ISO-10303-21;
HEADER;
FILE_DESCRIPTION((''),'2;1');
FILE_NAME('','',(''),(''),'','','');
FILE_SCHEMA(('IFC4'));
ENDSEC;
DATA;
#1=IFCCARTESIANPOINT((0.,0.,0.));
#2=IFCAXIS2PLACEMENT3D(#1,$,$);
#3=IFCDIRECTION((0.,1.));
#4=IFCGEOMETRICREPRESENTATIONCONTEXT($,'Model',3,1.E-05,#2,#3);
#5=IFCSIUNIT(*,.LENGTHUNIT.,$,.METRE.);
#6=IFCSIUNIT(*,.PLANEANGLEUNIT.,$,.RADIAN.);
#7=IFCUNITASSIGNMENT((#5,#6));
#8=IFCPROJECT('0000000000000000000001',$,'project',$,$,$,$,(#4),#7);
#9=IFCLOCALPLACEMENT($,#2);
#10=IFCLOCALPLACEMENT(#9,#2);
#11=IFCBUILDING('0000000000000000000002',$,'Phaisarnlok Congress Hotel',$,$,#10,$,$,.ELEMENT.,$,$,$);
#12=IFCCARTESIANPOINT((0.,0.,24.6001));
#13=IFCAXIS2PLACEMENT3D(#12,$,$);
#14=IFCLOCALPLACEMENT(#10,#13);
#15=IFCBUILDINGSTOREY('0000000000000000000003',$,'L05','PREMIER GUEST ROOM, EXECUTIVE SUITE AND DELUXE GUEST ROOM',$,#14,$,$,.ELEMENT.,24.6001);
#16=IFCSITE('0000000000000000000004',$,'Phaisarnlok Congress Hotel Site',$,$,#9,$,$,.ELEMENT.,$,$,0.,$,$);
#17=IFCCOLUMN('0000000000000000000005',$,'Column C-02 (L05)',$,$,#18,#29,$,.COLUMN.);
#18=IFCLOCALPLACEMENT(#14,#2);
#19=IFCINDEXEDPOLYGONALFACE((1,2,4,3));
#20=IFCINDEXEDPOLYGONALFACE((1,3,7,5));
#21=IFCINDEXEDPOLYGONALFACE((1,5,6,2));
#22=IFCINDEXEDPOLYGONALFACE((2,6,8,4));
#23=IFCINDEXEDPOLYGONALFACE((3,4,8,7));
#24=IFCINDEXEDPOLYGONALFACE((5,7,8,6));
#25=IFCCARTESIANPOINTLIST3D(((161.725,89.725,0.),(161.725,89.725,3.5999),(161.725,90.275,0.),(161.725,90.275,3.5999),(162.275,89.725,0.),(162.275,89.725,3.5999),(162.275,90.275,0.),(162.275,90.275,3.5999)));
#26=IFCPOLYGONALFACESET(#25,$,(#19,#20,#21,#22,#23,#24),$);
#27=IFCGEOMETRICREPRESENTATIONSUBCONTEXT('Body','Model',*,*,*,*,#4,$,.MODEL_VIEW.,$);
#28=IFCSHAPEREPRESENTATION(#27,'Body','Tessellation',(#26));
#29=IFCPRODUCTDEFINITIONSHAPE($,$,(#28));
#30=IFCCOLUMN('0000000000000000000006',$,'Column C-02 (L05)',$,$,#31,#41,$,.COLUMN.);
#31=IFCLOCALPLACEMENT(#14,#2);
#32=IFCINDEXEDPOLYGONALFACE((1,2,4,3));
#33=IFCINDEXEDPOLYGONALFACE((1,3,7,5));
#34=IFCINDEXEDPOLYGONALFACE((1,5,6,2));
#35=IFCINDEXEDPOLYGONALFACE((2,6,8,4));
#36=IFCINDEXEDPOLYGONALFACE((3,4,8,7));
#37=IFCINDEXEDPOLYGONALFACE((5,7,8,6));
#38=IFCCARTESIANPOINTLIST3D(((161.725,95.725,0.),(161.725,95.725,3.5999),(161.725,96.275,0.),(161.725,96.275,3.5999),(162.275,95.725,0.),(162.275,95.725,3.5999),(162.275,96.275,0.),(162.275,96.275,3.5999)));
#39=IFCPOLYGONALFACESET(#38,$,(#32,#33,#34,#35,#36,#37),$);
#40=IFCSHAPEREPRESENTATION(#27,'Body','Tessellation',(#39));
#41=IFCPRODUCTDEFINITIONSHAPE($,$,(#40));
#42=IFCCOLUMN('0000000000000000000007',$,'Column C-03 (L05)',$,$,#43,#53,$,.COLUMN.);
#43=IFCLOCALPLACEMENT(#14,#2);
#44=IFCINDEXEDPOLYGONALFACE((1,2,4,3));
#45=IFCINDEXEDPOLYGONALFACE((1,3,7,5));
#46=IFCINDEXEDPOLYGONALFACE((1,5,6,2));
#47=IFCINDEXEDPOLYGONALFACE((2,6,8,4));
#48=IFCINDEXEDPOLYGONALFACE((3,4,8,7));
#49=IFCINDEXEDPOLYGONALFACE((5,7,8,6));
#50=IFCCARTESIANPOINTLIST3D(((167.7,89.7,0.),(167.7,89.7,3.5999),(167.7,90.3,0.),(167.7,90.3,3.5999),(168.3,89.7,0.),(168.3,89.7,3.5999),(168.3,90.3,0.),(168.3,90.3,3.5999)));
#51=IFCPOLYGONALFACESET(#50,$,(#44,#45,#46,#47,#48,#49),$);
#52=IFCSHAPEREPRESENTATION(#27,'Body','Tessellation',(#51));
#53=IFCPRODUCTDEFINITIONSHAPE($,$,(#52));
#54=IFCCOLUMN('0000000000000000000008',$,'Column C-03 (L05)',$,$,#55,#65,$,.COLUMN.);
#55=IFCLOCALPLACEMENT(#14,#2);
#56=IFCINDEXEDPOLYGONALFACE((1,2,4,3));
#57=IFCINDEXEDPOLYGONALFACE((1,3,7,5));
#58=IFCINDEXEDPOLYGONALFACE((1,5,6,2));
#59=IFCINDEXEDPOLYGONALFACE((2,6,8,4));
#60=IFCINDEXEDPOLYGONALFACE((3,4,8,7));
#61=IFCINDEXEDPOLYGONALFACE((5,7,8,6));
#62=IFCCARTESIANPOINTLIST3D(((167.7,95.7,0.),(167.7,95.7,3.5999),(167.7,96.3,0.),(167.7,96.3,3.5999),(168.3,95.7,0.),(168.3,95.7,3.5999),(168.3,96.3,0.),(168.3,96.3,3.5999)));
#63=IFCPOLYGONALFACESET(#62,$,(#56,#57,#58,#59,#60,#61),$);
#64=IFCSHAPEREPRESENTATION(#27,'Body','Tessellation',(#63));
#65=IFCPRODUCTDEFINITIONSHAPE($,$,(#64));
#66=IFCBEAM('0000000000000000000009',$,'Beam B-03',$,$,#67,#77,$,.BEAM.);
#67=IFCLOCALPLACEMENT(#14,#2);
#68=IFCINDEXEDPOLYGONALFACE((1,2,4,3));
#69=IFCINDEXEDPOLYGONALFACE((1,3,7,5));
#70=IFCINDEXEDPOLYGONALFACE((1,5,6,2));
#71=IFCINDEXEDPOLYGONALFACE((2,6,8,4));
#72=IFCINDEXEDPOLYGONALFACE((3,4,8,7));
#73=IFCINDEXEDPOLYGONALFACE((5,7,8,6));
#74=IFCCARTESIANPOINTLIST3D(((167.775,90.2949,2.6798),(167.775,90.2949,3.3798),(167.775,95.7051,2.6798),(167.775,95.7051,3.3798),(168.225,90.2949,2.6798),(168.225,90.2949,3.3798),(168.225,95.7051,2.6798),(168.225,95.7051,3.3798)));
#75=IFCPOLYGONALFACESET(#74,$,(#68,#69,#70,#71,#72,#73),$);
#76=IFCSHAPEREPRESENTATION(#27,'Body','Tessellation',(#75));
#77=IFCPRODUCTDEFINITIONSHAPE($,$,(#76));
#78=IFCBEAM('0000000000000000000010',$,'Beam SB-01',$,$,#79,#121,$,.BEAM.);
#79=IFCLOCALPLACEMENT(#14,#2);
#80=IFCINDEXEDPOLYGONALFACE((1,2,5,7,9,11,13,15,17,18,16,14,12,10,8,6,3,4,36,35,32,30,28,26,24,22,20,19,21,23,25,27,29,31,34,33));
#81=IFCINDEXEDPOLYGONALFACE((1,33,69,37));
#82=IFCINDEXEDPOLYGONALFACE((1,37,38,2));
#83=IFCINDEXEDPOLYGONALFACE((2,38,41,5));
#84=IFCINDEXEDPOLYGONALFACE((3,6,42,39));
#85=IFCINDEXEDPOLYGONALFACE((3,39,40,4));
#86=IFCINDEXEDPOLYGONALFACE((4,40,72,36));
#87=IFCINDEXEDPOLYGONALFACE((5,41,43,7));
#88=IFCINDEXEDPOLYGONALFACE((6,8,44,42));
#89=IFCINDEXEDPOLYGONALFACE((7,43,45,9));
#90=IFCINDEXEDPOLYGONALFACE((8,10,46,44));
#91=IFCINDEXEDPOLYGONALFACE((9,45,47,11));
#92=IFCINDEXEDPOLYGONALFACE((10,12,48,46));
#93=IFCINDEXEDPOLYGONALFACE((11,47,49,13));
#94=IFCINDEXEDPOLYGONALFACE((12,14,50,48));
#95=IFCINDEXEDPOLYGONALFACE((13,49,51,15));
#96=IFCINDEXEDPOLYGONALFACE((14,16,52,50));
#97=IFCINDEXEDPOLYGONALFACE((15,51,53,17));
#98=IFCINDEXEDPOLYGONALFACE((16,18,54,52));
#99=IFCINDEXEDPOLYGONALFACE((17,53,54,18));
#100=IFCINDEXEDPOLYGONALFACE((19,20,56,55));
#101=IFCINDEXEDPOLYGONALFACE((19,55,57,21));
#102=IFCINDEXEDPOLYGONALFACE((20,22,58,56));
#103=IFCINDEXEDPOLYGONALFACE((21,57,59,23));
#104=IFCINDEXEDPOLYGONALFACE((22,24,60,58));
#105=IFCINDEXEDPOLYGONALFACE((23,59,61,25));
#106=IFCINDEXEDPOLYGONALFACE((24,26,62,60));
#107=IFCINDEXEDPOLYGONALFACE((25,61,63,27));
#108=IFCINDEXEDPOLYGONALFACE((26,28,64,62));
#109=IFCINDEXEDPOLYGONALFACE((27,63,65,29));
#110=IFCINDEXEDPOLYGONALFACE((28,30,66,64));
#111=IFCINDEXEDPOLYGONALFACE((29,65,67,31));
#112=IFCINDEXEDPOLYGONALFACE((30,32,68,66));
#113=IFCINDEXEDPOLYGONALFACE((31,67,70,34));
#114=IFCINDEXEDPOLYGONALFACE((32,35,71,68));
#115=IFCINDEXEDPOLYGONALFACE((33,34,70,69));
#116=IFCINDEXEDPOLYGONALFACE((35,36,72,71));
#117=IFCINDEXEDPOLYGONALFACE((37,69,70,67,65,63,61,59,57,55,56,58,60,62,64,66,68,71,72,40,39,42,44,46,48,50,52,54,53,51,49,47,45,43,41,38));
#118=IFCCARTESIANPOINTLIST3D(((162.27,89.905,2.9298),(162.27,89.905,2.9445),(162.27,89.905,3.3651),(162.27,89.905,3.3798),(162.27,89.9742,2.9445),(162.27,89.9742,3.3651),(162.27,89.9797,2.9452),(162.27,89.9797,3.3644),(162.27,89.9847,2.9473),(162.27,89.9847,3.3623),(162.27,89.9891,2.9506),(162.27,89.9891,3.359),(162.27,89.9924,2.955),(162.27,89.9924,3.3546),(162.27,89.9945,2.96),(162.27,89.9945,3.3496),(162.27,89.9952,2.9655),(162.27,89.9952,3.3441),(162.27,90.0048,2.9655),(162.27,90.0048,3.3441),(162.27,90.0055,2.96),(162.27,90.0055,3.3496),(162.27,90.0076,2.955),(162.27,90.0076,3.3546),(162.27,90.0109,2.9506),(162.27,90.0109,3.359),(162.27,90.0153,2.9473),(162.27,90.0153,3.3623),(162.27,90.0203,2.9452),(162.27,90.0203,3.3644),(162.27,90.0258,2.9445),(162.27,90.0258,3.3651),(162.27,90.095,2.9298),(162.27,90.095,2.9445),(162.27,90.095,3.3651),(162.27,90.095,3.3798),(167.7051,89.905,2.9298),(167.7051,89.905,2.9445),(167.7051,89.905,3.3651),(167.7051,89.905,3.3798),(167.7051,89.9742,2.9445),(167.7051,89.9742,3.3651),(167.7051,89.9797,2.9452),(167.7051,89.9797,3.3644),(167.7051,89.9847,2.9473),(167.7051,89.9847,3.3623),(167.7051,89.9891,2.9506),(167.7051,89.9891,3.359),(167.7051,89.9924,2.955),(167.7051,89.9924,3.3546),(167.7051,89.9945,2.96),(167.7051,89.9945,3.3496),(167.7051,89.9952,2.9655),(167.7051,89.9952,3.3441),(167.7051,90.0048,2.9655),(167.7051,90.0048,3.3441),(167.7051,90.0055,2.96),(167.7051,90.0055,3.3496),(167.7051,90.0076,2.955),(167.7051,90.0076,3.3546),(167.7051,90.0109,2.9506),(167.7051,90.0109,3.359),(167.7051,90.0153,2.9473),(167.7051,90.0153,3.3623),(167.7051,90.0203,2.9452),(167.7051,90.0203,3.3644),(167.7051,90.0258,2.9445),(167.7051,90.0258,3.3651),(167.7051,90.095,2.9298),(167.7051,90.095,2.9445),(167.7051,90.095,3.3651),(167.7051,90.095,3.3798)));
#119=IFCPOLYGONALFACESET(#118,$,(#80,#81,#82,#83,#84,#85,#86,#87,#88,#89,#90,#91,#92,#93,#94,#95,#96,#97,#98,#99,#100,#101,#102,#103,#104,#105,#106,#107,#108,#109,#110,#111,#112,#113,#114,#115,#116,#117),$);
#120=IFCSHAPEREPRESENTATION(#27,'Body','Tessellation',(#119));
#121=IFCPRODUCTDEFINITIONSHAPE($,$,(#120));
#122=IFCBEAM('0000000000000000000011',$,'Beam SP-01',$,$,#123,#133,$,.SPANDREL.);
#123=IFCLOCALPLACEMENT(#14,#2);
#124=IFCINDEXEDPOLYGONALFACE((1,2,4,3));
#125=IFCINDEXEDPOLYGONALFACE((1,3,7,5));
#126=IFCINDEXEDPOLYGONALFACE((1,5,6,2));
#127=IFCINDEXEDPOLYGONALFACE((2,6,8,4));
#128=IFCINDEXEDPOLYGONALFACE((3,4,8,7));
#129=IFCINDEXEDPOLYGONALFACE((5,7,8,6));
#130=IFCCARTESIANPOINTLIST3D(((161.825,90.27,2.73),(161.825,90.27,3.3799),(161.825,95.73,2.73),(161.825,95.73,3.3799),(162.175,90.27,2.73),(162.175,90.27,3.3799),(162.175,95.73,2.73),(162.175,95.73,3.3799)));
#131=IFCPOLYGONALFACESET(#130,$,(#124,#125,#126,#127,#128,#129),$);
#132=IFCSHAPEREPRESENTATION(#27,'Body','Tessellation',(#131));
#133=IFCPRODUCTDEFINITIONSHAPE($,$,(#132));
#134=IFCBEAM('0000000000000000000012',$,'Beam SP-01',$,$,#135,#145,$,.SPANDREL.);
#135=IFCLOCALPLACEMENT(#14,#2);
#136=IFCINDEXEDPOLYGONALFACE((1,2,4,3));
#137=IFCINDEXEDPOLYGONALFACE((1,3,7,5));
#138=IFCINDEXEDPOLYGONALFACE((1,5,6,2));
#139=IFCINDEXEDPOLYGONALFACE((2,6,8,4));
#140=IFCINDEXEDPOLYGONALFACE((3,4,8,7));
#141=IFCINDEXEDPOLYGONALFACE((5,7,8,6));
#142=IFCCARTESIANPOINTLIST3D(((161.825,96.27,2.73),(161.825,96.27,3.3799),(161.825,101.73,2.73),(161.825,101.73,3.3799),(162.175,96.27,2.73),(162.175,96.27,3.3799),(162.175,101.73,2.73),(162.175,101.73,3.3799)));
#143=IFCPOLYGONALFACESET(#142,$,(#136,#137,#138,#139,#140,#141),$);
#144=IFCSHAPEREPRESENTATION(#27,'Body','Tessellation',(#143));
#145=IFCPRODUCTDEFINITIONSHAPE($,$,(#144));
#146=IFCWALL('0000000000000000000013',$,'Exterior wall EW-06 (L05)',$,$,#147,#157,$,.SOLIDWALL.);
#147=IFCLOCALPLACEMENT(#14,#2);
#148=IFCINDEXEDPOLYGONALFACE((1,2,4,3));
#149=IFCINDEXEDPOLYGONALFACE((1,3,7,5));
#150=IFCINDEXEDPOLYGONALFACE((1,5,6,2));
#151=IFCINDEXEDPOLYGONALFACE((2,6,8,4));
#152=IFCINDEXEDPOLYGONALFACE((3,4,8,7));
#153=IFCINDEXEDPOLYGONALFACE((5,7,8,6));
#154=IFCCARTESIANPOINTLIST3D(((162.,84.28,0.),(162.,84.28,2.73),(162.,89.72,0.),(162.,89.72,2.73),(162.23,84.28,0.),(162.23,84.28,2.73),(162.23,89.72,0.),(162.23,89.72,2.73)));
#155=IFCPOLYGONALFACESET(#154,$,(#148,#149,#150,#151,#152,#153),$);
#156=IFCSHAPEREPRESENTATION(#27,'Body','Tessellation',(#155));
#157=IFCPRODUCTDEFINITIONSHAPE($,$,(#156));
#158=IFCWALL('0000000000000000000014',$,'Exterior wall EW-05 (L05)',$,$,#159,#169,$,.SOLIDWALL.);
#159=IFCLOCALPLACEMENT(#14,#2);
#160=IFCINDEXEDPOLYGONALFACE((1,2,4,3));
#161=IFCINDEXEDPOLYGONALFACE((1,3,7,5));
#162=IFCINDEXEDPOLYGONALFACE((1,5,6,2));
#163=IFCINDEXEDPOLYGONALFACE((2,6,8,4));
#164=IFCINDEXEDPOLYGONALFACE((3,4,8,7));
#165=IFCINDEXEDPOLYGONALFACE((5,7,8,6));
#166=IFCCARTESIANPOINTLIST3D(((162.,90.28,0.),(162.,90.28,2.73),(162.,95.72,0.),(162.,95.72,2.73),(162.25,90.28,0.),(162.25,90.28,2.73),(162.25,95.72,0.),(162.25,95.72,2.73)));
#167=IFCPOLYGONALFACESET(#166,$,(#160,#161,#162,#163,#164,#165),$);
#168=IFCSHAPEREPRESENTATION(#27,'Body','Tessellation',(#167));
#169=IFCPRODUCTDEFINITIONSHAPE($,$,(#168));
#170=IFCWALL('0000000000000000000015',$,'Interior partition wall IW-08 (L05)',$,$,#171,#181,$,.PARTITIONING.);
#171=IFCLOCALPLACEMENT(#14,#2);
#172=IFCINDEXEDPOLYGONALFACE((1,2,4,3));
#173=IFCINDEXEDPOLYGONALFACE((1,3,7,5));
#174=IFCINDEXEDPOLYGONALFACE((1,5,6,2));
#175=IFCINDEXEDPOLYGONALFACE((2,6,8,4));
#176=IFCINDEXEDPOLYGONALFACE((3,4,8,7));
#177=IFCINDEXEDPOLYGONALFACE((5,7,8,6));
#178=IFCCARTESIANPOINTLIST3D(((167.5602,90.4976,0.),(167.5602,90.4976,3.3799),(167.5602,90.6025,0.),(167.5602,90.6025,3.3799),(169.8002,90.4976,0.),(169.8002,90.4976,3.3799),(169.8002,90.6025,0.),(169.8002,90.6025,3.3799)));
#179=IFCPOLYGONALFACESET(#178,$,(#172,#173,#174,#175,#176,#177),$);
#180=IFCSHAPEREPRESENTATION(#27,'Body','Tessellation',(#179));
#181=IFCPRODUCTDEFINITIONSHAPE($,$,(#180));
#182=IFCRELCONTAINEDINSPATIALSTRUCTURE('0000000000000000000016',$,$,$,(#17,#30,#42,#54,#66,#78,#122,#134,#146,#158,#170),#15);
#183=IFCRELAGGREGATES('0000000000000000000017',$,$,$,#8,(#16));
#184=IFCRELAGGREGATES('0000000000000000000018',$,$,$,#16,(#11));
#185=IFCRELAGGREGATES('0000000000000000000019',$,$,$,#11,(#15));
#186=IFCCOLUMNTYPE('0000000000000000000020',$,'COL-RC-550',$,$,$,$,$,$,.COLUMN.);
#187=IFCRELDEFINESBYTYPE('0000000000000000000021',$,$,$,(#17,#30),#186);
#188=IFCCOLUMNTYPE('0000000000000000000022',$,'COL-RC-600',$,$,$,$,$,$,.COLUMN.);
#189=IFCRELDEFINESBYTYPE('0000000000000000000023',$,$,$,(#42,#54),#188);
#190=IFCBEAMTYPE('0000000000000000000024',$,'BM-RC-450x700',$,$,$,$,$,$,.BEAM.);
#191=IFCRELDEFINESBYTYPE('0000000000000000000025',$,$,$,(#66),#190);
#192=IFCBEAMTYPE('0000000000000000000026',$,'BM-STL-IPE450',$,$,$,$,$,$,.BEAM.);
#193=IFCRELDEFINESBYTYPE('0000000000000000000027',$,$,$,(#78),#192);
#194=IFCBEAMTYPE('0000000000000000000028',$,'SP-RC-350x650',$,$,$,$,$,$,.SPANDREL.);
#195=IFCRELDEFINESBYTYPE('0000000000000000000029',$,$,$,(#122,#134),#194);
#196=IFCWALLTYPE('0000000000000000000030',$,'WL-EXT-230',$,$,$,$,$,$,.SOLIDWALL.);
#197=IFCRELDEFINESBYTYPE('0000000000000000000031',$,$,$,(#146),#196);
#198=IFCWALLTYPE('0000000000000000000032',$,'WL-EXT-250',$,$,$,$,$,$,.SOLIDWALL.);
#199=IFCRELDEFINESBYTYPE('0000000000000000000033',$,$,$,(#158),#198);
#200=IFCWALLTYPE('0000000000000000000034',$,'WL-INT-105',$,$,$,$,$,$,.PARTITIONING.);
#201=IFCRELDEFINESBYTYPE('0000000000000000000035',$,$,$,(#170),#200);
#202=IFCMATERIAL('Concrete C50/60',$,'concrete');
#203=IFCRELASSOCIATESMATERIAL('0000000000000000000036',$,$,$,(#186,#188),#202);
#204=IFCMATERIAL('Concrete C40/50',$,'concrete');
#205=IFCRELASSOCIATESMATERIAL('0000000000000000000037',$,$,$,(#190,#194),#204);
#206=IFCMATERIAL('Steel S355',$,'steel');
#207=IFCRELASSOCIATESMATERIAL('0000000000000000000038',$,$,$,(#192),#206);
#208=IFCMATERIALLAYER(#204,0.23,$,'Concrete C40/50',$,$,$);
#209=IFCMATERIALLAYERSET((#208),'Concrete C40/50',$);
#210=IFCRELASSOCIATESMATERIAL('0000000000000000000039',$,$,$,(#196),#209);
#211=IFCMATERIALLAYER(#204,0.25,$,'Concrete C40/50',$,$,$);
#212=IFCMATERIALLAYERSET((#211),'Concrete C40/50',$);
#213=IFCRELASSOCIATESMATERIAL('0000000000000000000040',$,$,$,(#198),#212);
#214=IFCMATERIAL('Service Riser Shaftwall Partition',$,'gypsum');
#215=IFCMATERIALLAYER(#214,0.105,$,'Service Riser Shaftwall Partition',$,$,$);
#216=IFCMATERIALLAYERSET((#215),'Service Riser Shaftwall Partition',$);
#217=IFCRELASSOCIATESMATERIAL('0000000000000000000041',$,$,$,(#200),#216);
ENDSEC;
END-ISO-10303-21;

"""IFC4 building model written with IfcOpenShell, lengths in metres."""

from ifc_helpers import new_model, si_unit, direction, frame, frame_2d, origin, origin_2d, place, context, subcontext, project, spatial, rectangle, i_section, extrude, material, layer, layer_set, material_profile, profile_set, type_object, element, save


model = new_model("IFC4")

# Units and contexts
model_context = context("Model", 3, precision=1e-05, world=origin(), true_north=direction((0.0, 1.0)))
body_context = subcontext(model_context, "Body", "Model", "MODEL_VIEW")
ifc_project = project(units=[si_unit("LENGTHUNIT", "METRE"), si_unit("PLANEANGLEUNIT", "RADIAN")], contexts=[model_context])

# Site, building, storey
site_placement = place(None, origin())
site = spatial("IfcSite", under=ifc_project, at=site_placement, Name="Phaisarnlok Congress Hotel Site", CompositionType="ELEMENT", RefElevation=0.0)
building_placement = place(site_placement, origin())
building = spatial("IfcBuilding", under=site, at=building_placement, Name="Phaisarnlok Congress Hotel", CompositionType="ELEMENT")
storey_placement = place(building_placement, frame((0.0, 0.0, 24.6001)))
storey = spatial("IfcBuildingStorey", under=building, at=storey_placement, Name="L05", Description="PREMIER GUEST ROOM, EXECUTIVE SUITE AND DELUXE GUEST ROOM", CompositionType="ELEMENT", Elevation=24.6001)

# Columns
ifc_material_1 = material(Name="Concrete C50/60", Category="concrete")
ifc_material_profile_1 = material_profile(ifc_material_1, rectangle(XDim=0.55, YDim=0.55, at=origin_2d()), Name="RC 550x550")
ifc_profile_set_1 = profile_set([ifc_material_profile_1], Name="Concrete C50/60")
column_type_1 = type_object("IfcColumnType", Name="COL-RC-550", PredefinedType="COLUMN", material=ifc_profile_set_1)
for number, where, z_axis, x_axis, name in (
    (1, (162.0, 90.0, 0.0), (0.0, 0.0, 1.0), (1.0, 0.0, 0.0), "Column C-02 (L05)"),
    (2, (162.0, 96.0, 0.0), (0.0, 0.0, 1.0), (1.0, 0.0, 0.0), "Column C-02 (L05)"),
):
    element("IfcColumn", number, at=place(storey_placement, frame(where, z_axis=z_axis, x_axis=x_axis)), inside=storey, type_object=column_type_1, Name=name, PredefinedType="COLUMN", context=body_context, shape_type="SweptSolid", body=[
        extrude(rectangle(XDim=0.55, YDim=0.55, at=origin_2d()), origin(), (0.0, 0.0, 1.0), 3.5999),
    ])
ifc_material_profile_2 = material_profile(ifc_material_1, rectangle(XDim=0.6001, YDim=0.6001, at=origin_2d()), Name="RC 600x600")
ifc_profile_set_2 = profile_set([ifc_material_profile_2], Name="Concrete C50/60")
column_type_2 = type_object("IfcColumnType", Name="COL-RC-600", PredefinedType="COLUMN", material=ifc_profile_set_2)
for number, where, z_axis, x_axis, name in (
    (3, (168.0, 90.0, 0.0), (0.0, 0.0, 1.0), (1.0, 0.0, 0.0), "Column C-03 (L05)"),
    (4, (168.0, 96.0, 0.0), (0.0, 0.0, 1.0), (1.0, 0.0, 0.0), "Column C-03 (L05)"),
):
    element("IfcColumn", number, at=place(storey_placement, frame(where, z_axis=z_axis, x_axis=x_axis)), inside=storey, type_object=column_type_2, Name=name, PredefinedType="COLUMN", context=body_context, shape_type="SweptSolid", body=[
        extrude(rectangle(XDim=0.6001, YDim=0.6001, at=origin_2d()), origin(), (0.0, 0.0, 1.0), 3.5999),
    ])

# Beams
ifc_material_2 = material(Name="Concrete C40/50", Category="concrete")
ifc_material_profile_3 = material_profile(ifc_material_2, rectangle(XDim=0.45, YDim=0.7, at=origin_2d()), Name="RC 450x700")
ifc_profile_set_3 = profile_set([ifc_material_profile_3], Name="Concrete C40/50")
beam_type_1 = type_object("IfcBeamType", Name="BM-RC-450x700", PredefinedType="BEAM", material=ifc_profile_set_3)
beam_1_placement = place(storey_placement, frame((168.0, 90.2949, 3.0298), z_axis=(0.0, 1.0, 0.0), x_axis=(-1.0, 0.0, 0.0)))
element("IfcBeam", 5, at=beam_1_placement, inside=storey, type_object=beam_type_1, Name="Beam B-03", PredefinedType="BEAM", context=body_context, shape_type="SweptSolid", body=[
    extrude(rectangle(XDim=0.45, YDim=0.7, at=origin_2d()), origin(), (0.0, 0.0, 1.0), 5.4102),
])
ifc_material_3 = material(Name="Steel S355", Category="steel")
ifc_material_profile_4 = material_profile(ifc_material_3, i_section(OverallWidth=0.1899, OverallDepth=0.45, WebThickness=0.0095, FlangeThickness=0.0146, FilletRadius=0.021, at=origin_2d()), Name="IPE 450")
ifc_profile_set_4 = profile_set([ifc_material_profile_4], Name="Steel S355")
beam_type_2 = type_object("IfcBeamType", Name="BM-STL-IPE450", PredefinedType="BEAM", material=ifc_profile_set_4)
beam_2_placement = place(storey_placement, frame((162.27, 90.0, 3.1548), z_axis=(1.0, 0.0, 0.0), x_axis=(0.0, 1.0, 0.0)))
element("IfcBeam", 6, at=beam_2_placement, inside=storey, type_object=beam_type_2, Name="Beam SB-01", PredefinedType="BEAM", context=body_context, shape_type="SweptSolid", body=[
    extrude(i_section(OverallWidth=0.1899, OverallDepth=0.45, WebThickness=0.0095, FlangeThickness=0.0146, FilletRadius=0.021, at=origin_2d()), origin(), (0.0, 0.0, 1.0), 5.4351),
])
ifc_material_profile_5 = material_profile(ifc_material_2, rectangle(XDim=0.3501, YDim=0.6499, at=origin_2d()), Name="RC 350x650")
ifc_profile_set_5 = profile_set([ifc_material_profile_5], Name="Concrete C40/50")
beam_type_3 = type_object("IfcBeamType", Name="SP-RC-350x650", PredefinedType="SPANDREL", material=ifc_profile_set_5)
for number, where, z_axis, x_axis, name in (
    (7, (162.0, 90.27, 3.0549), (0.0, 1.0, 0.0), (-1.0, 0.0, 0.0), "Beam SP-01"),
    (8, (162.0, 96.27, 3.0549), (0.0, 1.0, 0.0), (-1.0, 0.0, 0.0), "Beam SP-01"),
):
    element("IfcBeam", number, at=place(storey_placement, frame(where, z_axis=z_axis, x_axis=x_axis)), inside=storey, type_object=beam_type_3, Name=name, PredefinedType="SPANDREL", context=body_context, shape_type="SweptSolid", body=[
        extrude(rectangle(XDim=0.3501, YDim=0.6499, at=origin_2d()), origin(), (0.0, 0.0, 1.0), 5.46),
    ])

# Walls
ifc_layer_1 = layer(ifc_material_2, 0.23, Name="Concrete C40/50")
ifc_layer_set_1 = layer_set([ifc_layer_1], Name="Concrete C40/50")
wall_type_1 = type_object("IfcWallType", Name="WL-EXT-230", PredefinedType="SOLIDWALL", material=ifc_layer_set_1)
wall_1_placement = place(storey_placement, frame((162.115, 89.72, 0.0), z_axis=(0.0, 0.0, 1.0), x_axis=(0.0, -1.0, 0.0)))
element("IfcWall", 9, at=wall_1_placement, inside=storey, type_object=wall_type_1, Name="Exterior wall EW-06 (L05)", PredefinedType="SOLIDWALL", context=body_context, shape_type="SweptSolid", body=[
    extrude(rectangle(XDim=5.4399, YDim=0.23, at=frame_2d((2.72, 0.0))), origin(), (0.0, 0.0, 1.0), 2.73),
])
ifc_layer_2 = layer(ifc_material_2, 0.25, Name="Concrete C40/50")
ifc_layer_set_2 = layer_set([ifc_layer_2], Name="Concrete C40/50")
wall_type_2 = type_object("IfcWallType", Name="WL-EXT-250", PredefinedType="SOLIDWALL", material=ifc_layer_set_2)
wall_2_placement = place(storey_placement, frame((162.125, 95.72, 0.0), z_axis=(0.0, 0.0, 1.0), x_axis=(0.0, -1.0, 0.0)))
element("IfcWall", 10, at=wall_2_placement, inside=storey, type_object=wall_type_2, Name="Exterior wall EW-05 (L05)", PredefinedType="SOLIDWALL", context=body_context, shape_type="SweptSolid", body=[
    extrude(rectangle(XDim=5.4399, YDim=0.25, at=frame_2d((2.72, 0.0))), origin(), (0.0, 0.0, 1.0), 2.73),
])
ifc_material_4 = material(Name="Service Riser Shaftwall Partition", Category="gypsum")
ifc_layer_3 = layer(ifc_material_4, 0.105, Name="Service Riser Shaftwall Partition")
ifc_layer_set_3 = layer_set([ifc_layer_3], Name="Service Riser Shaftwall Partition")
wall_type_3 = type_object("IfcWallType", Name="WL-INT-105", PredefinedType="PARTITIONING", material=ifc_layer_set_3)
wall_3_placement = place(storey_placement, frame((167.5601, 90.55, 0.0), z_axis=(0.0, 0.0, 1.0), x_axis=(1.0, 0.0, 0.0)))
element("IfcWall", 11, at=wall_3_placement, inside=storey, type_object=wall_type_3, Name="Interior partition wall IW-08 (L05)", PredefinedType="PARTITIONING", context=body_context, shape_type="SweptSolid", body=[
    extrude(rectangle(XDim=2.24, YDim=0.105, at=frame_2d((1.1201, 0.0))), origin(), (0.0, 0.0, 1.0), 3.3799),
])

save(model, "model.ifc")
